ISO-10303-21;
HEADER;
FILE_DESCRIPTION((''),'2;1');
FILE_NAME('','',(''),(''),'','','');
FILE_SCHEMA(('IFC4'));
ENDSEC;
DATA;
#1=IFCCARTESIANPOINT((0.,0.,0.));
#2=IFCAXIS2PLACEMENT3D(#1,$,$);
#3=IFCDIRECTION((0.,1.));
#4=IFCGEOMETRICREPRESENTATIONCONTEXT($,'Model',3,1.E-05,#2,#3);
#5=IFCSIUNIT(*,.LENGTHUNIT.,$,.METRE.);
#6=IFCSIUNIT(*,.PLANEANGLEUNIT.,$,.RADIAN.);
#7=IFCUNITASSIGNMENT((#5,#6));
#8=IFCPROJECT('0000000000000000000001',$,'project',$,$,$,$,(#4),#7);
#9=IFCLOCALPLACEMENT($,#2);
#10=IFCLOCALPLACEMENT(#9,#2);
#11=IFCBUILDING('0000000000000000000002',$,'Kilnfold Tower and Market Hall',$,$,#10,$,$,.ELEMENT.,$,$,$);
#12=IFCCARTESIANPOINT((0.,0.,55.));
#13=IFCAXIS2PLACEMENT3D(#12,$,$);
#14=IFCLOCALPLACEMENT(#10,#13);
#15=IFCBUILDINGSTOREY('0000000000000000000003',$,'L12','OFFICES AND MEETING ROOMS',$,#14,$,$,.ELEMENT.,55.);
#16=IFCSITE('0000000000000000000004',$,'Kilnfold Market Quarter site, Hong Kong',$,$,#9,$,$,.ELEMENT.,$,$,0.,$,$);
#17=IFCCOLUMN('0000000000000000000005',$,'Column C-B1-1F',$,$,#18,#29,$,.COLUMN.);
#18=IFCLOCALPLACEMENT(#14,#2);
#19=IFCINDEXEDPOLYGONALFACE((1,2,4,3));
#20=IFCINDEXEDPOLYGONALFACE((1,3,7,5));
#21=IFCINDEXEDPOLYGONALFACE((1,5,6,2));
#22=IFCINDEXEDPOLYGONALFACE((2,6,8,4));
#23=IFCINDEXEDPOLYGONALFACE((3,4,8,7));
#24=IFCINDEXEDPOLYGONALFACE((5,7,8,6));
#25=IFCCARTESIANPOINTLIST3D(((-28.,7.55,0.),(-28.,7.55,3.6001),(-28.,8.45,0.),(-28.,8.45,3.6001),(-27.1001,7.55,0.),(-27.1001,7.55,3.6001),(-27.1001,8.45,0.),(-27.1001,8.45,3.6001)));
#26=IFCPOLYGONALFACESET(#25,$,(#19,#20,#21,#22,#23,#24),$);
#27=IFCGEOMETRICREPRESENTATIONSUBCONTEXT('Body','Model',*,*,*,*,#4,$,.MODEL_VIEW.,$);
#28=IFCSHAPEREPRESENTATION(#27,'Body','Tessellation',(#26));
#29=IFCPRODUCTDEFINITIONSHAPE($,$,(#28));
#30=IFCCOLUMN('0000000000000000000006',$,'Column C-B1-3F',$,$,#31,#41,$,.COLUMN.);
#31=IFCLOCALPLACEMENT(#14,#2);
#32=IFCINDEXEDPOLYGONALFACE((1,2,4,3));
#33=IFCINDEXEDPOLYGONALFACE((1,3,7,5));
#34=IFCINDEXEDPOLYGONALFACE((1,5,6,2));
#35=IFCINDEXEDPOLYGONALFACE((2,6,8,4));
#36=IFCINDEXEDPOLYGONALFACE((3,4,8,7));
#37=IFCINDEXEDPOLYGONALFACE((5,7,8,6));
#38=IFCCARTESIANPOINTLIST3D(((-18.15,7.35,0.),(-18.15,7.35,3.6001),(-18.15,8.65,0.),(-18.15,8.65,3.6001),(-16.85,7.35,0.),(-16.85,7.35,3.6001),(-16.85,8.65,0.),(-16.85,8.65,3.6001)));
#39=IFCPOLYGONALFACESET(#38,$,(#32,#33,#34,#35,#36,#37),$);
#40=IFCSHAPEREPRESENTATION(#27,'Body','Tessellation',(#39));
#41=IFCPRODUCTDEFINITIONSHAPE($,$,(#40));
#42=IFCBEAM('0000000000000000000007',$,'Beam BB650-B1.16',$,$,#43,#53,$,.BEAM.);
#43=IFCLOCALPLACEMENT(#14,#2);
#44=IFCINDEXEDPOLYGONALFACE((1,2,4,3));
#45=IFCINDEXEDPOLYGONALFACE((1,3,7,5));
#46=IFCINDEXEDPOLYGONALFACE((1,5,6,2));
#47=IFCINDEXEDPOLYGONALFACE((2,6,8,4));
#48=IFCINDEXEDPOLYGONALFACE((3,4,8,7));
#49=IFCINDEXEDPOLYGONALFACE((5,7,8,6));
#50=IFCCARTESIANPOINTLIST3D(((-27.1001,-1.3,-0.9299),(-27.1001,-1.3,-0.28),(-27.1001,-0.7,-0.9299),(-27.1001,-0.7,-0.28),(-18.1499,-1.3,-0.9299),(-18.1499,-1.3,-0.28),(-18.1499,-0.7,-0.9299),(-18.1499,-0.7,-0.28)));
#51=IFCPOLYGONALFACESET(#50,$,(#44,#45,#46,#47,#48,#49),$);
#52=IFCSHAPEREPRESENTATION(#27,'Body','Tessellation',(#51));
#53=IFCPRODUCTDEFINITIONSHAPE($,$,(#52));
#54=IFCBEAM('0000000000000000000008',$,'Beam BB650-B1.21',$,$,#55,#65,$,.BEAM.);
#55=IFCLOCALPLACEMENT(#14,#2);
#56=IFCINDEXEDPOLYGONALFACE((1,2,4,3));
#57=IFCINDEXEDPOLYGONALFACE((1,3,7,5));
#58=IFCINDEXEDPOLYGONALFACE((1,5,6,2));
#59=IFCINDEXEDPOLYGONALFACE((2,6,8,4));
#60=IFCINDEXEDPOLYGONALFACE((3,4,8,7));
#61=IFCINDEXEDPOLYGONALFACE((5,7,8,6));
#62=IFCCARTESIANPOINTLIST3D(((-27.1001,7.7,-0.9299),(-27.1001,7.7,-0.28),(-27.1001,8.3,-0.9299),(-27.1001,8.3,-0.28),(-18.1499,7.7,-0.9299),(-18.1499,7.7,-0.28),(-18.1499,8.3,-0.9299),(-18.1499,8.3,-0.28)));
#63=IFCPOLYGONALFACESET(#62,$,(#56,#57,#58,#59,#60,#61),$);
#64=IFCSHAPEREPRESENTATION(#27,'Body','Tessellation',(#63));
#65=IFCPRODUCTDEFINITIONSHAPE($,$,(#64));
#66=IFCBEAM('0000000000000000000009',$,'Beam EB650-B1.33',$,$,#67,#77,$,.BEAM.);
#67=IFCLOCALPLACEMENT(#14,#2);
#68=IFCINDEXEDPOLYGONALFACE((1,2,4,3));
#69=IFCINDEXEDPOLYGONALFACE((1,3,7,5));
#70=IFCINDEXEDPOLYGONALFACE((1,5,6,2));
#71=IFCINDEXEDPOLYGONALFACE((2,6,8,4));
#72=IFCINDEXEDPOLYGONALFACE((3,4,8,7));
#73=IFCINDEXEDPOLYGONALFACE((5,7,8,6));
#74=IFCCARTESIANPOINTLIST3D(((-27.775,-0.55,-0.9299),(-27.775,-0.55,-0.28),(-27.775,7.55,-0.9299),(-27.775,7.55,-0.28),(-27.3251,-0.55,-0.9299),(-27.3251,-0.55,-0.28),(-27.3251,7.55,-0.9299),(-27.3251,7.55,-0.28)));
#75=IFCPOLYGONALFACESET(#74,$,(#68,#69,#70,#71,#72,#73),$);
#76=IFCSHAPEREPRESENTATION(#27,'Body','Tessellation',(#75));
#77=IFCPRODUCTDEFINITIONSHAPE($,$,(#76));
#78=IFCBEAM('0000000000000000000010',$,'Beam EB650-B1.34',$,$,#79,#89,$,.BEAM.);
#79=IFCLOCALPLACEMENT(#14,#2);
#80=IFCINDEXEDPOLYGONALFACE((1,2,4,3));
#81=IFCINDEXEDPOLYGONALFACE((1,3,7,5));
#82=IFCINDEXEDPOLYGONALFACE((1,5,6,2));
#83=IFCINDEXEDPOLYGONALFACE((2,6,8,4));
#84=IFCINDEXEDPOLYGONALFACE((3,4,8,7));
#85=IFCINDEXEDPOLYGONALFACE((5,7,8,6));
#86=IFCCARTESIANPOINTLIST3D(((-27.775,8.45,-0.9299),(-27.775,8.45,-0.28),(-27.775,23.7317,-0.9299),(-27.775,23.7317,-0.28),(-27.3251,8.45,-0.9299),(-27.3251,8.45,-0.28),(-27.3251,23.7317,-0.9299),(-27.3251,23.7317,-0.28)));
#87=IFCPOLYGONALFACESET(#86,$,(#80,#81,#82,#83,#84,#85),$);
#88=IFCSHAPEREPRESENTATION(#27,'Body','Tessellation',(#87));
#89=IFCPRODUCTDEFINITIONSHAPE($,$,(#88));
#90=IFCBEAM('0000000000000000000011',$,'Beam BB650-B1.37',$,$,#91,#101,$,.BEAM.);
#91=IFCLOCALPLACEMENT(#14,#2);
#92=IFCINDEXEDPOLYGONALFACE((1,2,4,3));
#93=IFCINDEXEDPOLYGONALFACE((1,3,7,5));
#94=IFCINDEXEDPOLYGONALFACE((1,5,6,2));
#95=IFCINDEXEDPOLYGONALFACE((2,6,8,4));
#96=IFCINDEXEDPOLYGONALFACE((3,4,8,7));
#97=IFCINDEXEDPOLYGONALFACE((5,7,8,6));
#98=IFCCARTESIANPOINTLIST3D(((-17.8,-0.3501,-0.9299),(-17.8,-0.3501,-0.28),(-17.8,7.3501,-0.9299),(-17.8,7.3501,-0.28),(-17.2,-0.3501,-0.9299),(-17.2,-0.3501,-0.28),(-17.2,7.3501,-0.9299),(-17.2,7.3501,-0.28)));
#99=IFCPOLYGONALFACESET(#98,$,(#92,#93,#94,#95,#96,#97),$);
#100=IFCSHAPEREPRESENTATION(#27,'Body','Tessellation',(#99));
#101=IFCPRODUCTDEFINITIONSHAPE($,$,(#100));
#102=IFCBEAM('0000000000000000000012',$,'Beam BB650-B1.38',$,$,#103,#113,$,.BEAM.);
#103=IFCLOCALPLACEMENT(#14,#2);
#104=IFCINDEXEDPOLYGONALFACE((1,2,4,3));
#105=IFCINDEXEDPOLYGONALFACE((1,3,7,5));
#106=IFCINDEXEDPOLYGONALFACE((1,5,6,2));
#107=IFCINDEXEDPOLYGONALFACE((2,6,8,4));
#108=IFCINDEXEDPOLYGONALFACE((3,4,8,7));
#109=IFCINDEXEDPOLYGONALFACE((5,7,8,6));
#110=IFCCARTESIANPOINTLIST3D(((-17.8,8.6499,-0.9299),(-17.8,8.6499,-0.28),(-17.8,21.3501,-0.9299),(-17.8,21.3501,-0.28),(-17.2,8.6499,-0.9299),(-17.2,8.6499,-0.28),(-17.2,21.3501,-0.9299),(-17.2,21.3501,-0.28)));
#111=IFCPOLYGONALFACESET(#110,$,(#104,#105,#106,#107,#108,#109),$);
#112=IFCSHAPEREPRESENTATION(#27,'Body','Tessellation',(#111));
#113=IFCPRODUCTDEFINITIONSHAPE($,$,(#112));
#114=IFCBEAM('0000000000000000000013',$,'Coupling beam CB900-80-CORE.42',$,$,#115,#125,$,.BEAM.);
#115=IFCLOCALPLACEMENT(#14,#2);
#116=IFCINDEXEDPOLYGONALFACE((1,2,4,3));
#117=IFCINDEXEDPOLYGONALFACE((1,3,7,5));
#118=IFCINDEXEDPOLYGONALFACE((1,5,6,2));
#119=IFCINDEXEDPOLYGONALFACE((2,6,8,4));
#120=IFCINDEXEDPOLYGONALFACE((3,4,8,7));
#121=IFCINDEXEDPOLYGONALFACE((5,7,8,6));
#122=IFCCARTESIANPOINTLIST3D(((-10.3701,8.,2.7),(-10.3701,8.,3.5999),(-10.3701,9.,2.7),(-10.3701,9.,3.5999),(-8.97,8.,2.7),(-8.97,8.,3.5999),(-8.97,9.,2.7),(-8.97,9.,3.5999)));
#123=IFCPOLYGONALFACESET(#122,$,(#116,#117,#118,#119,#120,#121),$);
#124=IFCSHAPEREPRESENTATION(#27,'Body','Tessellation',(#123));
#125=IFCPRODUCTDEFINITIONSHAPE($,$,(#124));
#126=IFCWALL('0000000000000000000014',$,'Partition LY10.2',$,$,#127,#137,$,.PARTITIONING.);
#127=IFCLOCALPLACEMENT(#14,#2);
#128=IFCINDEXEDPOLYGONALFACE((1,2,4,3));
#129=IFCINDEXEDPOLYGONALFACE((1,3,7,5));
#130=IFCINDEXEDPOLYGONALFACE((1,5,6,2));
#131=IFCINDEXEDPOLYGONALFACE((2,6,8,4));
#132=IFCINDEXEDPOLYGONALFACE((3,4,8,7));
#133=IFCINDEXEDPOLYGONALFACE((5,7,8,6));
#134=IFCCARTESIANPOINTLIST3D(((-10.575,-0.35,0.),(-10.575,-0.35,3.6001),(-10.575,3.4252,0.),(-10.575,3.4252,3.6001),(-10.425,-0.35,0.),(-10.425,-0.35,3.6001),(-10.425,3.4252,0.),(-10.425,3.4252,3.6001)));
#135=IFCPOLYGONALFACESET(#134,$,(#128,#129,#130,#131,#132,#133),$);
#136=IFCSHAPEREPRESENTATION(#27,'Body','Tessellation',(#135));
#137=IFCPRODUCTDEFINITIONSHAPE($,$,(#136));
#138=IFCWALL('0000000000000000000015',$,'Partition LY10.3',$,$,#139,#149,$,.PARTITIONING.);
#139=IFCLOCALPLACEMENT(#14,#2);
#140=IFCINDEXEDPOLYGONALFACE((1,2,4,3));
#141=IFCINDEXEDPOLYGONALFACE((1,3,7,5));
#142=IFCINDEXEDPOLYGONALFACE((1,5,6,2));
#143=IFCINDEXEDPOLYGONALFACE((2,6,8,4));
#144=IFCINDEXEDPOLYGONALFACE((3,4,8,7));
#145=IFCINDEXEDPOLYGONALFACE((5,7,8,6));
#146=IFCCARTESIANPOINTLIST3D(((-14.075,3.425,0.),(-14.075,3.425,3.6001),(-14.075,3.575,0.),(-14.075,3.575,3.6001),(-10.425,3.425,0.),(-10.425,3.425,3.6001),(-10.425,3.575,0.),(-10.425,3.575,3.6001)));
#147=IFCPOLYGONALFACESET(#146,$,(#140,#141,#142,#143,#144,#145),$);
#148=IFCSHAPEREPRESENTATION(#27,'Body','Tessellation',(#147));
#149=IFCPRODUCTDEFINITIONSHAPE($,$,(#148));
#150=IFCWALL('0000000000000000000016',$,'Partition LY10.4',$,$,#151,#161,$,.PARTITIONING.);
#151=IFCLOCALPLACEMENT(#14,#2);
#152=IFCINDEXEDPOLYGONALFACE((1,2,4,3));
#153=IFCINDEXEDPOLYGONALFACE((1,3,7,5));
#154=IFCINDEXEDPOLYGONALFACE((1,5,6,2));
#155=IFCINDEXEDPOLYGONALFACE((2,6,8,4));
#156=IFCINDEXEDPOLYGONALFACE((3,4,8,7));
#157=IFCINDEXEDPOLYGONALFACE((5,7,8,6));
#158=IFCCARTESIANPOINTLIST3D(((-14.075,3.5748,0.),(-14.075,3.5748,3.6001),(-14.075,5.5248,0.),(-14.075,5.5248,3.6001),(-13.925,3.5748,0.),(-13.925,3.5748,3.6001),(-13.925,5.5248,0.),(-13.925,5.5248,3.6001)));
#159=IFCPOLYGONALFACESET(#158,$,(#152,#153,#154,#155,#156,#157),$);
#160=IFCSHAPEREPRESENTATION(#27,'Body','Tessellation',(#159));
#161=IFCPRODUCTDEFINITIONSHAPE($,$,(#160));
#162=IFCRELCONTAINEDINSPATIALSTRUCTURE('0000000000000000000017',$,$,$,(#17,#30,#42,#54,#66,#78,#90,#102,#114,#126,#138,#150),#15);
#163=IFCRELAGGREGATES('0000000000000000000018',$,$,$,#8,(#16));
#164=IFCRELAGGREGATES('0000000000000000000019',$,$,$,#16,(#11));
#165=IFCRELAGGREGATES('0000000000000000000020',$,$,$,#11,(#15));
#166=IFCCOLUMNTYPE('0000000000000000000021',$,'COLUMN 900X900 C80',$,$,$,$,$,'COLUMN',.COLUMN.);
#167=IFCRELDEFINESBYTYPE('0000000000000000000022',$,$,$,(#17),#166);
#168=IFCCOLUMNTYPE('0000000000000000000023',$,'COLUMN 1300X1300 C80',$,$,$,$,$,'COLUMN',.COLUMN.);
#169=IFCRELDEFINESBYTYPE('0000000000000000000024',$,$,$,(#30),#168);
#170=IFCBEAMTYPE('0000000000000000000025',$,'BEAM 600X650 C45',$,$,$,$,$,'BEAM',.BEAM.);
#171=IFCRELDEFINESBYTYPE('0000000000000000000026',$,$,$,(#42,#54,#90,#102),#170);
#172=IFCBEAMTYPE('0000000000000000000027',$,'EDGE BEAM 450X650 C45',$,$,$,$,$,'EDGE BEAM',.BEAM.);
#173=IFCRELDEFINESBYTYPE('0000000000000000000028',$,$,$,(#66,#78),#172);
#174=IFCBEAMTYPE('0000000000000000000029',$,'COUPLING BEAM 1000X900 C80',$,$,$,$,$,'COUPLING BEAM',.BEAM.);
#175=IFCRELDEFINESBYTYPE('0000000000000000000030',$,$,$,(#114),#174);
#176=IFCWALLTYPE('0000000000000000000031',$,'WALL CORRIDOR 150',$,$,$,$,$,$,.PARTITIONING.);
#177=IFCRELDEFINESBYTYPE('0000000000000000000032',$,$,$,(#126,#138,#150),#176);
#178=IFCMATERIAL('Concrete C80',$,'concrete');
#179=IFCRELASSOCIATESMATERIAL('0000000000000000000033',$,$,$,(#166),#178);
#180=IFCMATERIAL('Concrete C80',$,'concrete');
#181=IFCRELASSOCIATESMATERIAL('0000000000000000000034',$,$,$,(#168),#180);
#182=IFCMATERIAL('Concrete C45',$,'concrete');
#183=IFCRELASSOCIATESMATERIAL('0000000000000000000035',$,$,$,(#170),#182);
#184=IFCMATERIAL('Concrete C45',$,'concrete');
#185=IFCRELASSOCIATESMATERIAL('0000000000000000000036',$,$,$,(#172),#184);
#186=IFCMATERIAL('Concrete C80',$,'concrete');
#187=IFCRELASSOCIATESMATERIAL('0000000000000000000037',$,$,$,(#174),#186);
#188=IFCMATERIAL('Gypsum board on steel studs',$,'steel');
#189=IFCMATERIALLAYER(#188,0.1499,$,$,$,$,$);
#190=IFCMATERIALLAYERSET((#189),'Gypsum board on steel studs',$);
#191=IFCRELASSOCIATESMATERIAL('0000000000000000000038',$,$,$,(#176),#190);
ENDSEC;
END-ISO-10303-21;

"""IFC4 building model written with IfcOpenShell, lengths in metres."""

from ifc_helpers import new_model, si_unit, direction, frame, frame_2d, origin, origin_2d, place, context, subcontext, project, spatial, rectangle, extrude, source, transform, mapped, material, layer, layer_set, material_profile, profile_set, type_object, element, save


model = new_model("IFC4")

# Units and contexts
model_context = context("Model", 3, precision=1e-05, world=origin(), true_north=direction((0.0, 1.0)))
body_context = subcontext(model_context, "Body", "Model", "MODEL_VIEW")
ifc_project = project(units=[si_unit("LENGTHUNIT", "METRE"), si_unit("PLANEANGLEUNIT", "RADIAN")], contexts=[model_context])

# Site, building, storey
site_placement = place(None, origin())
site = spatial("IfcSite", under=ifc_project, at=site_placement, Name="Kilnfold Market Quarter site, Hong Kong", CompositionType="ELEMENT", RefElevation=0.0)
building_placement = place(site_placement, origin())
building = spatial("IfcBuilding", under=site, at=building_placement, Name="Kilnfold Tower and Market Hall", CompositionType="ELEMENT")
storey_placement = place(building_placement, frame((0.0, 0.0, 55.0)))
storey = spatial("IfcBuildingStorey", under=building, at=storey_placement, Name="L12", Description="OFFICES AND MEETING ROOMS", CompositionType="ELEMENT", Elevation=55.0)

# Columns
ifc_material_1 = material(Name="Concrete C80", Category="concrete")
ifc_material_profile_1 = material_profile(ifc_material_1, rectangle(XDim=0.8999, YDim=0.8999, at=origin_2d()), Name="RC 900x900")
ifc_profile_set_1 = profile_set([ifc_material_profile_1], Name="Concrete C80")
column_type_1 = type_object("IfcColumnType", Name="COLUMN 900X900 C80", ElementType="COLUMN", PredefinedType="COLUMN", material=ifc_profile_set_1)
shared_shape_1 = source(origin(), body_context, "Body", "SweptSolid", [
    extrude(rectangle(XDim=0.8999, YDim=0.8999, at=origin_2d()), origin(), (0.0, 0.0, 1.0), 3.6001),
])
column_1_placement = place(storey_placement, frame((-27.55, 8.0, 0.0), z_axis=(0.0, 0.0, 1.0), x_axis=(1.0, 0.0, 0.0)))
element("IfcColumn", 1, at=column_1_placement, inside=storey, type_object=column_type_1, Name="Column C-B1-1F", PredefinedType="COLUMN", context=body_context, shape_type="MappedRepresentation", body=[
    mapped(shared_shape_1, transform((0.0, 0.0, 0.0))),
])
ifc_material_2 = material(Name="Concrete C80", Category="concrete")
ifc_material_profile_2 = material_profile(ifc_material_2, rectangle(XDim=1.3, YDim=1.3, at=origin_2d()), Name="RC 1300x1300")
ifc_profile_set_2 = profile_set([ifc_material_profile_2], Name="Concrete C80")
column_type_2 = type_object("IfcColumnType", Name="COLUMN 1300X1300 C80", ElementType="COLUMN", PredefinedType="COLUMN", material=ifc_profile_set_2)
shared_shape_2 = source(origin(), body_context, "Body", "SweptSolid", [
    extrude(rectangle(XDim=1.3, YDim=1.3, at=origin_2d()), origin(), (0.0, 0.0, 1.0), 3.6001),
])
column_2_placement = place(storey_placement, frame((-17.5, 8.0, 0.0), z_axis=(0.0, 0.0, 1.0), x_axis=(1.0, 0.0, 0.0)))
element("IfcColumn", 2, at=column_2_placement, inside=storey, type_object=column_type_2, Name="Column C-B1-3F", PredefinedType="COLUMN", context=body_context, shape_type="MappedRepresentation", body=[
    mapped(shared_shape_2, transform((0.0, 0.0, 0.0))),
])

# Beams
ifc_material_3 = material(Name="Concrete C45", Category="concrete")
ifc_material_profile_3 = material_profile(ifc_material_3, rectangle(XDim=0.6001, YDim=0.6499, at=origin_2d()), Name="RC 600x650")
ifc_profile_set_3 = profile_set([ifc_material_profile_3], Name="Concrete C45")
beam_type_1 = type_object("IfcBeamType", Name="BEAM 600X650 C45", ElementType="BEAM", PredefinedType="BEAM", material=ifc_profile_set_3)
shared_shape_3 = source(origin(), body_context, "Body", "SweptSolid", [
    extrude(rectangle(XDim=0.6001, YDim=0.6499, at=origin_2d()), origin(), (0.0, 0.0, 1.0), 8.9502),
])
for number, where, z_axis, x_axis, name in (
    (3, (-27.1001, -1.0, -0.605), (1.0, 0.0, 0.0), (0.0, 1.0, 0.0), "Beam BB650-B1.16"),
    (4, (-27.1001, 8.0, -0.605), (1.0, 0.0, 0.0), (0.0, 1.0, 0.0), "Beam BB650-B1.21"),
):
    element("IfcBeam", number, at=place(storey_placement, frame(where, z_axis=z_axis, x_axis=x_axis)), inside=storey, type_object=beam_type_1, Name=name, PredefinedType="BEAM", context=body_context, shape_type="MappedRepresentation", body=[
        mapped(shared_shape_3, transform((0.0, 0.0, 0.0))),
    ])
ifc_material_4 = material(Name="Concrete C45", Category="concrete")
ifc_material_profile_4 = material_profile(ifc_material_4, rectangle(XDim=0.45, YDim=0.6499, at=origin_2d()), Name="RC 450x650")
ifc_profile_set_4 = profile_set([ifc_material_profile_4], Name="Concrete C45")
beam_type_2 = type_object("IfcBeamType", Name="EDGE BEAM 450X650 C45", ElementType="EDGE BEAM", PredefinedType="BEAM", material=ifc_profile_set_4)
shared_shape_4 = source(origin(), body_context, "Body", "SweptSolid", [
    extrude(rectangle(XDim=0.45, YDim=0.6499, at=origin_2d()), origin(), (0.0, 0.0, 1.0), 8.1001),
])
beam_1_placement = place(storey_placement, frame((-27.55, -0.55, -0.605), z_axis=(0.0, 1.0, 0.0), x_axis=(-1.0, 0.0, 0.0)))
element("IfcBeam", 5, at=beam_1_placement, inside=storey, type_object=beam_type_2, Name="Beam EB650-B1.33", PredefinedType="BEAM", context=body_context, shape_type="MappedRepresentation", body=[
    mapped(shared_shape_4, transform((0.0, 0.0, 0.0))),
])
shared_shape_5 = source(origin(), body_context, "Body", "SweptSolid", [
    extrude(rectangle(XDim=0.45, YDim=0.6499, at=origin_2d()), origin(), (0.0, 0.0, 1.0), 15.2817),
])
beam_2_placement = place(storey_placement, frame((-27.55, 8.45, -0.605), z_axis=(0.0, 1.0, 0.0), x_axis=(-1.0, 0.0, 0.0)))
element("IfcBeam", 6, at=beam_2_placement, inside=storey, type_object=beam_type_2, Name="Beam EB650-B1.34", PredefinedType="BEAM", context=body_context, shape_type="MappedRepresentation", body=[
    mapped(shared_shape_5, transform((0.0, 0.0, 0.0))),
])
shared_shape_6 = source(origin(), body_context, "Body", "SweptSolid", [
    extrude(rectangle(XDim=0.6001, YDim=0.6499, at=origin_2d()), origin(), (0.0, 0.0, 1.0), 7.7002),
])
beam_3_placement = place(storey_placement, frame((-17.5, -0.3501, -0.605), z_axis=(0.0, 1.0, 0.0), x_axis=(-1.0, 0.0, 0.0)))
element("IfcBeam", 7, at=beam_3_placement, inside=storey, type_object=beam_type_1, Name="Beam BB650-B1.37", PredefinedType="BEAM", context=body_context, shape_type="MappedRepresentation", body=[
    mapped(shared_shape_6, transform((0.0, 0.0, 0.0))),
])
shared_shape_7 = source(origin(), body_context, "Body", "SweptSolid", [
    extrude(rectangle(XDim=0.6001, YDim=0.6499, at=origin_2d()), origin(), (0.0, 0.0, 1.0), 12.7002),
])
beam_4_placement = place(storey_placement, frame((-17.5, 8.6499, -0.605), z_axis=(0.0, 1.0, 0.0), x_axis=(-1.0, 0.0, 0.0)))
element("IfcBeam", 8, at=beam_4_placement, inside=storey, type_object=beam_type_1, Name="Beam BB650-B1.38", PredefinedType="BEAM", context=body_context, shape_type="MappedRepresentation", body=[
    mapped(shared_shape_7, transform((0.0, 0.0, 0.0))),
])
ifc_material_5 = material(Name="Concrete C80", Category="concrete")
ifc_material_profile_5 = material_profile(ifc_material_5, rectangle(XDim=1.0, YDim=0.8999, at=origin_2d()), Name="RC 1000x900")
ifc_profile_set_5 = profile_set([ifc_material_profile_5], Name="Concrete C80")
beam_type_3 = type_object("IfcBeamType", Name="COUPLING BEAM 1000X900 C80", ElementType="COUPLING BEAM", PredefinedType="BEAM", material=ifc_profile_set_5)
shared_shape_8 = source(origin(), body_context, "Body", "SweptSolid", [
    extrude(rectangle(XDim=1.0, YDim=0.8999, at=origin_2d()), origin(), (0.0, 0.0, 1.0), 1.4001),
])
beam_5_placement = place(storey_placement, frame((-10.3701, 8.5, 3.1499), z_axis=(1.0, 0.0, 0.0), x_axis=(0.0, 1.0, 0.0)))
element("IfcBeam", 9, at=beam_5_placement, inside=storey, type_object=beam_type_3, Name="Coupling beam CB900-80-CORE.42", PredefinedType="BEAM", context=body_context, shape_type="MappedRepresentation", body=[
    mapped(shared_shape_8, transform((0.0, 0.0, 0.0))),
])

# Walls
ifc_material_6 = material(Name="Gypsum board on steel studs", Category="steel")
ifc_layer_1 = layer(ifc_material_6, 0.1499)
ifc_layer_set_1 = layer_set([ifc_layer_1], Name="Gypsum board on steel studs")
wall_type_1 = type_object("IfcWallType", Name="WALL CORRIDOR 150", PredefinedType="PARTITIONING", material=ifc_layer_set_1)
wall_1_placement = place(storey_placement, frame((-10.5, -0.3501, 0.0), z_axis=(0.0, 0.0, 1.0), x_axis=(0.0, 1.0, 0.0)))
element("IfcWall", 10, at=wall_1_placement, inside=storey, type_object=wall_type_1, Name="Partition LY10.2", PredefinedType="PARTITIONING", context=body_context, shape_type="SweptSolid", body=[
    extrude(rectangle(XDim=3.7751, YDim=0.1499, at=frame_2d((1.8877, 0.0))), origin(), (0.0, 0.0, 1.0), 3.6001),
])
wall_2_placement = place(storey_placement, frame((-14.075, 3.5, 0.0), z_axis=(0.0, 0.0, 1.0), x_axis=(1.0, 0.0, 0.0)))
element("IfcWall", 11, at=wall_2_placement, inside=storey, type_object=wall_type_1, Name="Partition LY10.3", PredefinedType="PARTITIONING", context=body_context, shape_type="SweptSolid", body=[
    extrude(rectangle(XDim=3.6499, YDim=0.1499, at=frame_2d((1.825, 0.0))), origin(), (0.0, 0.0, 1.0), 3.6001),
])
wall_3_placement = place(storey_placement, frame((-14.0, 5.5249, 0.0), z_axis=(0.0, 0.0, 1.0), x_axis=(0.0, -1.0, 0.0)))
element("IfcWall", 12, at=wall_3_placement, inside=storey, type_object=wall_type_1, Name="Partition LY10.4", PredefinedType="PARTITIONING", context=body_context, shape_type="SweptSolid", body=[
    extrude(rectangle(XDim=1.95, YDim=0.1499, at=frame_2d((0.9751, 0.0))), origin(), (0.0, 0.0, 1.0), 3.6001),
])

save(model, "model.ifc")
